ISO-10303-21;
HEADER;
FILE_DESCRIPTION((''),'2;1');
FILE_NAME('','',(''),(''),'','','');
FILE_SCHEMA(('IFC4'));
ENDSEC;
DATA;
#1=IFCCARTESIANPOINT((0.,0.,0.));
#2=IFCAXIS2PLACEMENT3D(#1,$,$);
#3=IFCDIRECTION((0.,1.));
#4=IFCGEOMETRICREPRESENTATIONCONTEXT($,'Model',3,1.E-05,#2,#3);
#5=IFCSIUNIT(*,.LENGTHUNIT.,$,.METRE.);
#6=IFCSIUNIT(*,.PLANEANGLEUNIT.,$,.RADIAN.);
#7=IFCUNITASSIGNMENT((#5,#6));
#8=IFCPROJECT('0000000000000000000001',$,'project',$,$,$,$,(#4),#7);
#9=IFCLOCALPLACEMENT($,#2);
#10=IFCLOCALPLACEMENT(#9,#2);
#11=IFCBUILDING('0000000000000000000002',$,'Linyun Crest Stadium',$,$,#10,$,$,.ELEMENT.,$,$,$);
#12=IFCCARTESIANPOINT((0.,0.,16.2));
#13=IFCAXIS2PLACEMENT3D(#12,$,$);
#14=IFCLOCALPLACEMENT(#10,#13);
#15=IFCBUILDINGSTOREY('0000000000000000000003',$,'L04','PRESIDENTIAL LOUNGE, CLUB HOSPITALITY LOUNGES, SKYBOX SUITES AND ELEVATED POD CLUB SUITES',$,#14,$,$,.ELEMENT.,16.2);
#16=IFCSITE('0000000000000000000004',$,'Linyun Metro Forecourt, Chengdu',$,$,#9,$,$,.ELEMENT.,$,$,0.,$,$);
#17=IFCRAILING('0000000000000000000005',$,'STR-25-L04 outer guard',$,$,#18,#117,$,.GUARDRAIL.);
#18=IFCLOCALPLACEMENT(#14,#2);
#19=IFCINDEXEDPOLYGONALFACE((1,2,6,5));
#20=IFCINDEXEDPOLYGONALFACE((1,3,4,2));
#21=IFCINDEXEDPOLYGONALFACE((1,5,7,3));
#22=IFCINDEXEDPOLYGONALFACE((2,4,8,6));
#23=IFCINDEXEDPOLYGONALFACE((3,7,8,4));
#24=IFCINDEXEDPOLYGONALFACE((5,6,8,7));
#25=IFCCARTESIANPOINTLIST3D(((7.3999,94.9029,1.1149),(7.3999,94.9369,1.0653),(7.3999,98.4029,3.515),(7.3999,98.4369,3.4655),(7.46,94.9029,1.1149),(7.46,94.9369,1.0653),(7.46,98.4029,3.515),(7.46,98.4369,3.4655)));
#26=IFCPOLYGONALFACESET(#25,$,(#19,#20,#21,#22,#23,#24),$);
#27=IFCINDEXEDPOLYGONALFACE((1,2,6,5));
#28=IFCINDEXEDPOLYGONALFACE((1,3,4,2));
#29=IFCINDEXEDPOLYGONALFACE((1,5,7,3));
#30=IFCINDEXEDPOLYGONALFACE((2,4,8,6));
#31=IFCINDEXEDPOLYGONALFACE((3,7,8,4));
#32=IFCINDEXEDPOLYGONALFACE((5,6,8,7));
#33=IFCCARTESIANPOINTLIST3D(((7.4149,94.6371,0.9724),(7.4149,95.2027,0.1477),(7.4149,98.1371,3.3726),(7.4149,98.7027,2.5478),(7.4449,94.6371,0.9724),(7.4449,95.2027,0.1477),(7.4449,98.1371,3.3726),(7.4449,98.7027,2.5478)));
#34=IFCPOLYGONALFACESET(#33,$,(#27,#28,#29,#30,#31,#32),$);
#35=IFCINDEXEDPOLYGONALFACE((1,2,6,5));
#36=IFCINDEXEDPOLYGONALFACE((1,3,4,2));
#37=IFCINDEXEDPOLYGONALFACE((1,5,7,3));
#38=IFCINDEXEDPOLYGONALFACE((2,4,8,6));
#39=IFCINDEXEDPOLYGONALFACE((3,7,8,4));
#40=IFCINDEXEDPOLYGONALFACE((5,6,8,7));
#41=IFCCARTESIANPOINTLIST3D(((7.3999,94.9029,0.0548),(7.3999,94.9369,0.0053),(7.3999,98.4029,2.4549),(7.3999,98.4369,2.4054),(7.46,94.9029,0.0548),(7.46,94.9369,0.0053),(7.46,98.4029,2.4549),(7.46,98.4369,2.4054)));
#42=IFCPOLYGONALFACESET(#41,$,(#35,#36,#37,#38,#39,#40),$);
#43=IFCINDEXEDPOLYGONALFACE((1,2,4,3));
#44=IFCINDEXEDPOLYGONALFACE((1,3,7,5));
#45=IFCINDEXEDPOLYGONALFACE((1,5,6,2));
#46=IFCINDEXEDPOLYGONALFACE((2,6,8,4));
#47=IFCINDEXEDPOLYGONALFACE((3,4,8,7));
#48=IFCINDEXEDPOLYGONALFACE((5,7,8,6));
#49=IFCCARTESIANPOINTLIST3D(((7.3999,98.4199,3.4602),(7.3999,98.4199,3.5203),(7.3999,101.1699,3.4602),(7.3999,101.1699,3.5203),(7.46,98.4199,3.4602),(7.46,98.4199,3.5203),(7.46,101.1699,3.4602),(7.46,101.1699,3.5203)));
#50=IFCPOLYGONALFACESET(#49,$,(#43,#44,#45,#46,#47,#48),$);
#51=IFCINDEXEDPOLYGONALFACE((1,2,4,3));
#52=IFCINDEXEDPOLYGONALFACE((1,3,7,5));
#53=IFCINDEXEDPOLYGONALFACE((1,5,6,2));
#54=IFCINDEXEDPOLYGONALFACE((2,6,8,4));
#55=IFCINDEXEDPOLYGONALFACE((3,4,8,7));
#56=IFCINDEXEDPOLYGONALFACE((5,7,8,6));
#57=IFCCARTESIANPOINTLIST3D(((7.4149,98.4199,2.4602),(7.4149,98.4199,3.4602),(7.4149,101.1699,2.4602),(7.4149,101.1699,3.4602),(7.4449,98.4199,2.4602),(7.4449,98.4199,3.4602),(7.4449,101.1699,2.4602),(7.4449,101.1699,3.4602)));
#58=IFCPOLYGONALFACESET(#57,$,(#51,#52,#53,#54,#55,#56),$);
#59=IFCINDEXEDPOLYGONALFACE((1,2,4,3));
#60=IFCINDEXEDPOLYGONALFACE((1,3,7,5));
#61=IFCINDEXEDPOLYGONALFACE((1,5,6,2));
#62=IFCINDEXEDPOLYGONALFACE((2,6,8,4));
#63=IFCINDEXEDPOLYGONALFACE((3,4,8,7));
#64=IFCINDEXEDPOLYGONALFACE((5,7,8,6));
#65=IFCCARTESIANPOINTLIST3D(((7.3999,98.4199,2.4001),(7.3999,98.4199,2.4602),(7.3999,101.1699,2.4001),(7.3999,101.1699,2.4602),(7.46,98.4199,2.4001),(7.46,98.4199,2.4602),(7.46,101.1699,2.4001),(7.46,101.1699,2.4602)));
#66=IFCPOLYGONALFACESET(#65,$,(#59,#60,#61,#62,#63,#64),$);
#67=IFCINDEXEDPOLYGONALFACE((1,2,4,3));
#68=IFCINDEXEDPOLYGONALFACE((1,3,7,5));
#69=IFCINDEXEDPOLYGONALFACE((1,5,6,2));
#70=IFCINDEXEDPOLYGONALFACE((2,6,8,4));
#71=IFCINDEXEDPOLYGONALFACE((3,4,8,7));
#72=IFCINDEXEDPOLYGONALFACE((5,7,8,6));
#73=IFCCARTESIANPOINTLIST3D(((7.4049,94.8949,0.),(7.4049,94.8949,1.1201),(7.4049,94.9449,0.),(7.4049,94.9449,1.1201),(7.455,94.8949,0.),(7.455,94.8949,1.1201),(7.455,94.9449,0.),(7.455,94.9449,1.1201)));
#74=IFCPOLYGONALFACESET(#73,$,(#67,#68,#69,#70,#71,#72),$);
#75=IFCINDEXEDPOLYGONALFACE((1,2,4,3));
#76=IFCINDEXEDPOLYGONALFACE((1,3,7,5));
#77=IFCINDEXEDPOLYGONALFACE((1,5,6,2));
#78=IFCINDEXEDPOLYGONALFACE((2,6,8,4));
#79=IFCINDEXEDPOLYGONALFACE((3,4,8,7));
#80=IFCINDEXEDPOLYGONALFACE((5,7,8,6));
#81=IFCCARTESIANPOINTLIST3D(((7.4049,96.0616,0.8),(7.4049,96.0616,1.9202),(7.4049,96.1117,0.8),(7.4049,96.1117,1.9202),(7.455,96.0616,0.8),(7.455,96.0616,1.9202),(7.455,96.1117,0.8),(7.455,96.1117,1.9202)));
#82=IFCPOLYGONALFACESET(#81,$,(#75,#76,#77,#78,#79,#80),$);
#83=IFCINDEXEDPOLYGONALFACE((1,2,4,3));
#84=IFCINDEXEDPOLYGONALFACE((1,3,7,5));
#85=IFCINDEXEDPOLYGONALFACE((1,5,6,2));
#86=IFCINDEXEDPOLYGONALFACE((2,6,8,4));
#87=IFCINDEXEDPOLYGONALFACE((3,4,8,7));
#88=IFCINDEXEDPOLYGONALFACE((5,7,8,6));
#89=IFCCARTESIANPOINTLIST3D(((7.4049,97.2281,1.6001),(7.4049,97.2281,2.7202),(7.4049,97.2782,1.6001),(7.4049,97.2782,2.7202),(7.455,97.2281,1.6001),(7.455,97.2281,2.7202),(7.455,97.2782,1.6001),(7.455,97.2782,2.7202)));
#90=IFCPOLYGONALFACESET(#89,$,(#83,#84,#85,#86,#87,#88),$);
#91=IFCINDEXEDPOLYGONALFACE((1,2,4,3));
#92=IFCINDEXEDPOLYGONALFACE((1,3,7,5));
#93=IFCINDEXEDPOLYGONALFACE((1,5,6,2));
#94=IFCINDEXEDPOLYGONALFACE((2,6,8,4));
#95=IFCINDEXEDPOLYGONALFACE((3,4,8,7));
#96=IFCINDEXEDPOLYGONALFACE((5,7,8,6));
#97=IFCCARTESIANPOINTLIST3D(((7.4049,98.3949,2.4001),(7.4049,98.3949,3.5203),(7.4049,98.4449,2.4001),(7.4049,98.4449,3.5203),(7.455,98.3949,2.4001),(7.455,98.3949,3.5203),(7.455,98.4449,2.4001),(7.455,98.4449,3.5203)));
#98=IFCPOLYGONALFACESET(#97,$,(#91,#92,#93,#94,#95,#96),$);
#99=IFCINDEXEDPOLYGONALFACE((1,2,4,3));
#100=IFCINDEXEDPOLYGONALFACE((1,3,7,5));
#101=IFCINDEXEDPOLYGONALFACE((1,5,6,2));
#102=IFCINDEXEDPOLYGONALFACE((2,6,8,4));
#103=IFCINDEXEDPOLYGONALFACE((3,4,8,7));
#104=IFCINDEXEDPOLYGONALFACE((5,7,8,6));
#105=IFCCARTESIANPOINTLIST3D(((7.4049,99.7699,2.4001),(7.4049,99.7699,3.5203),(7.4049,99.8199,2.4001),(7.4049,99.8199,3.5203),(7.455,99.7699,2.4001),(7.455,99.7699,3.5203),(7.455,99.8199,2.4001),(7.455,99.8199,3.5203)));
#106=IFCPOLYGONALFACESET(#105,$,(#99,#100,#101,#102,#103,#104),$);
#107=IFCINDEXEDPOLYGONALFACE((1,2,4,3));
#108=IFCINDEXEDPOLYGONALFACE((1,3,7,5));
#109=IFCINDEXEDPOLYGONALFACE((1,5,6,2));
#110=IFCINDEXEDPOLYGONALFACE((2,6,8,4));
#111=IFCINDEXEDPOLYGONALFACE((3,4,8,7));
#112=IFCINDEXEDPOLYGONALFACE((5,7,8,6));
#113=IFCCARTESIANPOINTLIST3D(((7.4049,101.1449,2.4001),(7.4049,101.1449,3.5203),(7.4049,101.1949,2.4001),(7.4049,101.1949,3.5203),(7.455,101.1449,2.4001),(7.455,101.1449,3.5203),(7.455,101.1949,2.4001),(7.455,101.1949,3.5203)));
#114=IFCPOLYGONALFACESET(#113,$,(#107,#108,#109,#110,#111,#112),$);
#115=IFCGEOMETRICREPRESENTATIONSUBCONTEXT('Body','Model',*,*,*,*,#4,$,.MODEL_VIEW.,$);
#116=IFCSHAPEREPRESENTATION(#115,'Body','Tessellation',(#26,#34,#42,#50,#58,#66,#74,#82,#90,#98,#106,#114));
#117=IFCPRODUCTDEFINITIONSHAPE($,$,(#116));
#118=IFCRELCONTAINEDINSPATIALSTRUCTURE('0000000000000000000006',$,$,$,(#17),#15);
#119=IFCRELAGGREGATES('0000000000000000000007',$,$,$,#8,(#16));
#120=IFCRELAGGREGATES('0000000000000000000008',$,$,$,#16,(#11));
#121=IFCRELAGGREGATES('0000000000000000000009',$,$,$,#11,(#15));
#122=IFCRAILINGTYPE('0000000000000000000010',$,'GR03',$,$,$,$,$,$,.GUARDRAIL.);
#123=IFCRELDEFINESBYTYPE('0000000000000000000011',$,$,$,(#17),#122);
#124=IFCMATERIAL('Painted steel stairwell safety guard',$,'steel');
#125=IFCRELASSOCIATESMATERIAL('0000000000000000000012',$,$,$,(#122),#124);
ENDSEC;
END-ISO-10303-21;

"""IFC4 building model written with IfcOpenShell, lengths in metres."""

from ifc_helpers import new_model, si_unit, direction, frame, origin, origin_2d, place, context, subcontext, project, spatial, rectangle, extrude, material, type_object, element, save


model = new_model("IFC4")

# Units and contexts
model_context = context("Model", 3, precision=1e-05, world=origin(), true_north=direction((0.0, 1.0)))
body_context = subcontext(model_context, "Body", "Model", "MODEL_VIEW")
ifc_project = project(units=[si_unit("LENGTHUNIT", "METRE"), si_unit("PLANEANGLEUNIT", "RADIAN")], contexts=[model_context])

# Site, building, storey
site_placement = place(None, origin())
site = spatial("IfcSite", under=ifc_project, at=site_placement, Name="Linyun Metro Forecourt, Chengdu", CompositionType="ELEMENT", RefElevation=0.0)
building_placement = place(site_placement, origin())
building = spatial("IfcBuilding", under=site, at=building_placement, Name="Linyun Crest Stadium", CompositionType="ELEMENT")
storey_placement = place(building_placement, frame((0.0, 0.0, 16.2)))
storey = spatial("IfcBuildingStorey", under=building, at=storey_placement, Name="L04", Description="PRESIDENTIAL LOUNGE, CLUB HOSPITALITY LOUNGES, SKYBOX SUITES AND ELEVATED POD CLUB SUITES", CompositionType="ELEMENT", Elevation=16.2)

# Railing
ifc_material_1 = material(Name="Painted steel stairwell safety guard", Category="steel")
railing_type_1 = type_object("IfcRailingType", Name="GR03", PredefinedType="GUARDRAIL", material=ifc_material_1)
railing_1_placement = place(storey_placement, frame((7.4299, 94.9199, 0.0)))
element("IfcRailing", 1, at=railing_1_placement, inside=storey, type_object=railing_type_1, Name="STR-25-L04 outer guard", PredefinedType="GUARDRAIL", context=body_context, shape_type="SweptSolid", body=[
    extrude(rectangle(XDim=0.0601, YDim=0.0601, at=origin_2d()), frame((0.0, 0.0, 1.0901), z_axis=(0.0, 0.824713, 0.565552), x_axis=(-1.0, 0.0, 0.0)), (0.0, 0.0, 1.0), 4.2439),
    extrude(rectangle(XDim=0.03, YDim=1.0, at=origin_2d()), frame((0.0, 0.0, 0.5601), z_axis=(0.0, 0.824713, 0.565552), x_axis=(-1.0, 0.0, 0.0)), (0.0, 0.0, 1.0), 4.2439),
    extrude(rectangle(XDim=0.0601, YDim=0.0601, at=origin_2d()), frame((0.0, 0.0, 0.03), z_axis=(0.0, 0.824713, 0.565552), x_axis=(-1.0, 0.0, 0.0)), (0.0, 0.0, 1.0), 4.2439),
    extrude(rectangle(XDim=0.0601, YDim=0.0601, at=origin_2d()), frame((0.0, 3.5, 3.4902), z_axis=(0.0, 1.0, 0.0), x_axis=(-1.0, 0.0, 0.0)), (0.0, 0.0, 1.0), 2.75),
    extrude(rectangle(XDim=0.03, YDim=1.0, at=origin_2d()), frame((0.0, 3.5, 2.9602), z_axis=(0.0, 1.0, 0.0), x_axis=(-1.0, 0.0, 0.0)), (0.0, 0.0, 1.0), 2.75),
    extrude(rectangle(XDim=0.0601, YDim=0.0601, at=origin_2d()), frame((0.0, 3.5, 2.4302), z_axis=(0.0, 1.0, 0.0), x_axis=(-1.0, 0.0, 0.0)), (0.0, 0.0, 1.0), 2.75),
    extrude(rectangle(XDim=0.05, YDim=0.05, at=origin_2d()), origin(), (0.0, 0.0, 1.0), 1.1201),
    extrude(rectangle(XDim=0.05, YDim=0.05, at=origin_2d()), frame((0.0, 1.1667, 0.8)), (0.0, 0.0, 1.0), 1.1201),
    extrude(rectangle(XDim=0.05, YDim=0.05, at=origin_2d()), frame((0.0, 2.3333, 1.6001)), (0.0, 0.0, 1.0), 1.1201),
    extrude(rectangle(XDim=0.05, YDim=0.05, at=origin_2d()), frame((0.0, 3.5, 2.4001)), (0.0, 0.0, 1.0), 1.1201),
    extrude(rectangle(XDim=0.05, YDim=0.05, at=origin_2d()), frame((0.0, 4.875, 2.4001)), (0.0, 0.0, 1.0), 1.1201),
    extrude(rectangle(XDim=0.05, YDim=0.05, at=origin_2d()), frame((0.0, 6.25, 2.4001)), (0.0, 0.0, 1.0), 1.1201),
])

save(model, "model.ifc")
